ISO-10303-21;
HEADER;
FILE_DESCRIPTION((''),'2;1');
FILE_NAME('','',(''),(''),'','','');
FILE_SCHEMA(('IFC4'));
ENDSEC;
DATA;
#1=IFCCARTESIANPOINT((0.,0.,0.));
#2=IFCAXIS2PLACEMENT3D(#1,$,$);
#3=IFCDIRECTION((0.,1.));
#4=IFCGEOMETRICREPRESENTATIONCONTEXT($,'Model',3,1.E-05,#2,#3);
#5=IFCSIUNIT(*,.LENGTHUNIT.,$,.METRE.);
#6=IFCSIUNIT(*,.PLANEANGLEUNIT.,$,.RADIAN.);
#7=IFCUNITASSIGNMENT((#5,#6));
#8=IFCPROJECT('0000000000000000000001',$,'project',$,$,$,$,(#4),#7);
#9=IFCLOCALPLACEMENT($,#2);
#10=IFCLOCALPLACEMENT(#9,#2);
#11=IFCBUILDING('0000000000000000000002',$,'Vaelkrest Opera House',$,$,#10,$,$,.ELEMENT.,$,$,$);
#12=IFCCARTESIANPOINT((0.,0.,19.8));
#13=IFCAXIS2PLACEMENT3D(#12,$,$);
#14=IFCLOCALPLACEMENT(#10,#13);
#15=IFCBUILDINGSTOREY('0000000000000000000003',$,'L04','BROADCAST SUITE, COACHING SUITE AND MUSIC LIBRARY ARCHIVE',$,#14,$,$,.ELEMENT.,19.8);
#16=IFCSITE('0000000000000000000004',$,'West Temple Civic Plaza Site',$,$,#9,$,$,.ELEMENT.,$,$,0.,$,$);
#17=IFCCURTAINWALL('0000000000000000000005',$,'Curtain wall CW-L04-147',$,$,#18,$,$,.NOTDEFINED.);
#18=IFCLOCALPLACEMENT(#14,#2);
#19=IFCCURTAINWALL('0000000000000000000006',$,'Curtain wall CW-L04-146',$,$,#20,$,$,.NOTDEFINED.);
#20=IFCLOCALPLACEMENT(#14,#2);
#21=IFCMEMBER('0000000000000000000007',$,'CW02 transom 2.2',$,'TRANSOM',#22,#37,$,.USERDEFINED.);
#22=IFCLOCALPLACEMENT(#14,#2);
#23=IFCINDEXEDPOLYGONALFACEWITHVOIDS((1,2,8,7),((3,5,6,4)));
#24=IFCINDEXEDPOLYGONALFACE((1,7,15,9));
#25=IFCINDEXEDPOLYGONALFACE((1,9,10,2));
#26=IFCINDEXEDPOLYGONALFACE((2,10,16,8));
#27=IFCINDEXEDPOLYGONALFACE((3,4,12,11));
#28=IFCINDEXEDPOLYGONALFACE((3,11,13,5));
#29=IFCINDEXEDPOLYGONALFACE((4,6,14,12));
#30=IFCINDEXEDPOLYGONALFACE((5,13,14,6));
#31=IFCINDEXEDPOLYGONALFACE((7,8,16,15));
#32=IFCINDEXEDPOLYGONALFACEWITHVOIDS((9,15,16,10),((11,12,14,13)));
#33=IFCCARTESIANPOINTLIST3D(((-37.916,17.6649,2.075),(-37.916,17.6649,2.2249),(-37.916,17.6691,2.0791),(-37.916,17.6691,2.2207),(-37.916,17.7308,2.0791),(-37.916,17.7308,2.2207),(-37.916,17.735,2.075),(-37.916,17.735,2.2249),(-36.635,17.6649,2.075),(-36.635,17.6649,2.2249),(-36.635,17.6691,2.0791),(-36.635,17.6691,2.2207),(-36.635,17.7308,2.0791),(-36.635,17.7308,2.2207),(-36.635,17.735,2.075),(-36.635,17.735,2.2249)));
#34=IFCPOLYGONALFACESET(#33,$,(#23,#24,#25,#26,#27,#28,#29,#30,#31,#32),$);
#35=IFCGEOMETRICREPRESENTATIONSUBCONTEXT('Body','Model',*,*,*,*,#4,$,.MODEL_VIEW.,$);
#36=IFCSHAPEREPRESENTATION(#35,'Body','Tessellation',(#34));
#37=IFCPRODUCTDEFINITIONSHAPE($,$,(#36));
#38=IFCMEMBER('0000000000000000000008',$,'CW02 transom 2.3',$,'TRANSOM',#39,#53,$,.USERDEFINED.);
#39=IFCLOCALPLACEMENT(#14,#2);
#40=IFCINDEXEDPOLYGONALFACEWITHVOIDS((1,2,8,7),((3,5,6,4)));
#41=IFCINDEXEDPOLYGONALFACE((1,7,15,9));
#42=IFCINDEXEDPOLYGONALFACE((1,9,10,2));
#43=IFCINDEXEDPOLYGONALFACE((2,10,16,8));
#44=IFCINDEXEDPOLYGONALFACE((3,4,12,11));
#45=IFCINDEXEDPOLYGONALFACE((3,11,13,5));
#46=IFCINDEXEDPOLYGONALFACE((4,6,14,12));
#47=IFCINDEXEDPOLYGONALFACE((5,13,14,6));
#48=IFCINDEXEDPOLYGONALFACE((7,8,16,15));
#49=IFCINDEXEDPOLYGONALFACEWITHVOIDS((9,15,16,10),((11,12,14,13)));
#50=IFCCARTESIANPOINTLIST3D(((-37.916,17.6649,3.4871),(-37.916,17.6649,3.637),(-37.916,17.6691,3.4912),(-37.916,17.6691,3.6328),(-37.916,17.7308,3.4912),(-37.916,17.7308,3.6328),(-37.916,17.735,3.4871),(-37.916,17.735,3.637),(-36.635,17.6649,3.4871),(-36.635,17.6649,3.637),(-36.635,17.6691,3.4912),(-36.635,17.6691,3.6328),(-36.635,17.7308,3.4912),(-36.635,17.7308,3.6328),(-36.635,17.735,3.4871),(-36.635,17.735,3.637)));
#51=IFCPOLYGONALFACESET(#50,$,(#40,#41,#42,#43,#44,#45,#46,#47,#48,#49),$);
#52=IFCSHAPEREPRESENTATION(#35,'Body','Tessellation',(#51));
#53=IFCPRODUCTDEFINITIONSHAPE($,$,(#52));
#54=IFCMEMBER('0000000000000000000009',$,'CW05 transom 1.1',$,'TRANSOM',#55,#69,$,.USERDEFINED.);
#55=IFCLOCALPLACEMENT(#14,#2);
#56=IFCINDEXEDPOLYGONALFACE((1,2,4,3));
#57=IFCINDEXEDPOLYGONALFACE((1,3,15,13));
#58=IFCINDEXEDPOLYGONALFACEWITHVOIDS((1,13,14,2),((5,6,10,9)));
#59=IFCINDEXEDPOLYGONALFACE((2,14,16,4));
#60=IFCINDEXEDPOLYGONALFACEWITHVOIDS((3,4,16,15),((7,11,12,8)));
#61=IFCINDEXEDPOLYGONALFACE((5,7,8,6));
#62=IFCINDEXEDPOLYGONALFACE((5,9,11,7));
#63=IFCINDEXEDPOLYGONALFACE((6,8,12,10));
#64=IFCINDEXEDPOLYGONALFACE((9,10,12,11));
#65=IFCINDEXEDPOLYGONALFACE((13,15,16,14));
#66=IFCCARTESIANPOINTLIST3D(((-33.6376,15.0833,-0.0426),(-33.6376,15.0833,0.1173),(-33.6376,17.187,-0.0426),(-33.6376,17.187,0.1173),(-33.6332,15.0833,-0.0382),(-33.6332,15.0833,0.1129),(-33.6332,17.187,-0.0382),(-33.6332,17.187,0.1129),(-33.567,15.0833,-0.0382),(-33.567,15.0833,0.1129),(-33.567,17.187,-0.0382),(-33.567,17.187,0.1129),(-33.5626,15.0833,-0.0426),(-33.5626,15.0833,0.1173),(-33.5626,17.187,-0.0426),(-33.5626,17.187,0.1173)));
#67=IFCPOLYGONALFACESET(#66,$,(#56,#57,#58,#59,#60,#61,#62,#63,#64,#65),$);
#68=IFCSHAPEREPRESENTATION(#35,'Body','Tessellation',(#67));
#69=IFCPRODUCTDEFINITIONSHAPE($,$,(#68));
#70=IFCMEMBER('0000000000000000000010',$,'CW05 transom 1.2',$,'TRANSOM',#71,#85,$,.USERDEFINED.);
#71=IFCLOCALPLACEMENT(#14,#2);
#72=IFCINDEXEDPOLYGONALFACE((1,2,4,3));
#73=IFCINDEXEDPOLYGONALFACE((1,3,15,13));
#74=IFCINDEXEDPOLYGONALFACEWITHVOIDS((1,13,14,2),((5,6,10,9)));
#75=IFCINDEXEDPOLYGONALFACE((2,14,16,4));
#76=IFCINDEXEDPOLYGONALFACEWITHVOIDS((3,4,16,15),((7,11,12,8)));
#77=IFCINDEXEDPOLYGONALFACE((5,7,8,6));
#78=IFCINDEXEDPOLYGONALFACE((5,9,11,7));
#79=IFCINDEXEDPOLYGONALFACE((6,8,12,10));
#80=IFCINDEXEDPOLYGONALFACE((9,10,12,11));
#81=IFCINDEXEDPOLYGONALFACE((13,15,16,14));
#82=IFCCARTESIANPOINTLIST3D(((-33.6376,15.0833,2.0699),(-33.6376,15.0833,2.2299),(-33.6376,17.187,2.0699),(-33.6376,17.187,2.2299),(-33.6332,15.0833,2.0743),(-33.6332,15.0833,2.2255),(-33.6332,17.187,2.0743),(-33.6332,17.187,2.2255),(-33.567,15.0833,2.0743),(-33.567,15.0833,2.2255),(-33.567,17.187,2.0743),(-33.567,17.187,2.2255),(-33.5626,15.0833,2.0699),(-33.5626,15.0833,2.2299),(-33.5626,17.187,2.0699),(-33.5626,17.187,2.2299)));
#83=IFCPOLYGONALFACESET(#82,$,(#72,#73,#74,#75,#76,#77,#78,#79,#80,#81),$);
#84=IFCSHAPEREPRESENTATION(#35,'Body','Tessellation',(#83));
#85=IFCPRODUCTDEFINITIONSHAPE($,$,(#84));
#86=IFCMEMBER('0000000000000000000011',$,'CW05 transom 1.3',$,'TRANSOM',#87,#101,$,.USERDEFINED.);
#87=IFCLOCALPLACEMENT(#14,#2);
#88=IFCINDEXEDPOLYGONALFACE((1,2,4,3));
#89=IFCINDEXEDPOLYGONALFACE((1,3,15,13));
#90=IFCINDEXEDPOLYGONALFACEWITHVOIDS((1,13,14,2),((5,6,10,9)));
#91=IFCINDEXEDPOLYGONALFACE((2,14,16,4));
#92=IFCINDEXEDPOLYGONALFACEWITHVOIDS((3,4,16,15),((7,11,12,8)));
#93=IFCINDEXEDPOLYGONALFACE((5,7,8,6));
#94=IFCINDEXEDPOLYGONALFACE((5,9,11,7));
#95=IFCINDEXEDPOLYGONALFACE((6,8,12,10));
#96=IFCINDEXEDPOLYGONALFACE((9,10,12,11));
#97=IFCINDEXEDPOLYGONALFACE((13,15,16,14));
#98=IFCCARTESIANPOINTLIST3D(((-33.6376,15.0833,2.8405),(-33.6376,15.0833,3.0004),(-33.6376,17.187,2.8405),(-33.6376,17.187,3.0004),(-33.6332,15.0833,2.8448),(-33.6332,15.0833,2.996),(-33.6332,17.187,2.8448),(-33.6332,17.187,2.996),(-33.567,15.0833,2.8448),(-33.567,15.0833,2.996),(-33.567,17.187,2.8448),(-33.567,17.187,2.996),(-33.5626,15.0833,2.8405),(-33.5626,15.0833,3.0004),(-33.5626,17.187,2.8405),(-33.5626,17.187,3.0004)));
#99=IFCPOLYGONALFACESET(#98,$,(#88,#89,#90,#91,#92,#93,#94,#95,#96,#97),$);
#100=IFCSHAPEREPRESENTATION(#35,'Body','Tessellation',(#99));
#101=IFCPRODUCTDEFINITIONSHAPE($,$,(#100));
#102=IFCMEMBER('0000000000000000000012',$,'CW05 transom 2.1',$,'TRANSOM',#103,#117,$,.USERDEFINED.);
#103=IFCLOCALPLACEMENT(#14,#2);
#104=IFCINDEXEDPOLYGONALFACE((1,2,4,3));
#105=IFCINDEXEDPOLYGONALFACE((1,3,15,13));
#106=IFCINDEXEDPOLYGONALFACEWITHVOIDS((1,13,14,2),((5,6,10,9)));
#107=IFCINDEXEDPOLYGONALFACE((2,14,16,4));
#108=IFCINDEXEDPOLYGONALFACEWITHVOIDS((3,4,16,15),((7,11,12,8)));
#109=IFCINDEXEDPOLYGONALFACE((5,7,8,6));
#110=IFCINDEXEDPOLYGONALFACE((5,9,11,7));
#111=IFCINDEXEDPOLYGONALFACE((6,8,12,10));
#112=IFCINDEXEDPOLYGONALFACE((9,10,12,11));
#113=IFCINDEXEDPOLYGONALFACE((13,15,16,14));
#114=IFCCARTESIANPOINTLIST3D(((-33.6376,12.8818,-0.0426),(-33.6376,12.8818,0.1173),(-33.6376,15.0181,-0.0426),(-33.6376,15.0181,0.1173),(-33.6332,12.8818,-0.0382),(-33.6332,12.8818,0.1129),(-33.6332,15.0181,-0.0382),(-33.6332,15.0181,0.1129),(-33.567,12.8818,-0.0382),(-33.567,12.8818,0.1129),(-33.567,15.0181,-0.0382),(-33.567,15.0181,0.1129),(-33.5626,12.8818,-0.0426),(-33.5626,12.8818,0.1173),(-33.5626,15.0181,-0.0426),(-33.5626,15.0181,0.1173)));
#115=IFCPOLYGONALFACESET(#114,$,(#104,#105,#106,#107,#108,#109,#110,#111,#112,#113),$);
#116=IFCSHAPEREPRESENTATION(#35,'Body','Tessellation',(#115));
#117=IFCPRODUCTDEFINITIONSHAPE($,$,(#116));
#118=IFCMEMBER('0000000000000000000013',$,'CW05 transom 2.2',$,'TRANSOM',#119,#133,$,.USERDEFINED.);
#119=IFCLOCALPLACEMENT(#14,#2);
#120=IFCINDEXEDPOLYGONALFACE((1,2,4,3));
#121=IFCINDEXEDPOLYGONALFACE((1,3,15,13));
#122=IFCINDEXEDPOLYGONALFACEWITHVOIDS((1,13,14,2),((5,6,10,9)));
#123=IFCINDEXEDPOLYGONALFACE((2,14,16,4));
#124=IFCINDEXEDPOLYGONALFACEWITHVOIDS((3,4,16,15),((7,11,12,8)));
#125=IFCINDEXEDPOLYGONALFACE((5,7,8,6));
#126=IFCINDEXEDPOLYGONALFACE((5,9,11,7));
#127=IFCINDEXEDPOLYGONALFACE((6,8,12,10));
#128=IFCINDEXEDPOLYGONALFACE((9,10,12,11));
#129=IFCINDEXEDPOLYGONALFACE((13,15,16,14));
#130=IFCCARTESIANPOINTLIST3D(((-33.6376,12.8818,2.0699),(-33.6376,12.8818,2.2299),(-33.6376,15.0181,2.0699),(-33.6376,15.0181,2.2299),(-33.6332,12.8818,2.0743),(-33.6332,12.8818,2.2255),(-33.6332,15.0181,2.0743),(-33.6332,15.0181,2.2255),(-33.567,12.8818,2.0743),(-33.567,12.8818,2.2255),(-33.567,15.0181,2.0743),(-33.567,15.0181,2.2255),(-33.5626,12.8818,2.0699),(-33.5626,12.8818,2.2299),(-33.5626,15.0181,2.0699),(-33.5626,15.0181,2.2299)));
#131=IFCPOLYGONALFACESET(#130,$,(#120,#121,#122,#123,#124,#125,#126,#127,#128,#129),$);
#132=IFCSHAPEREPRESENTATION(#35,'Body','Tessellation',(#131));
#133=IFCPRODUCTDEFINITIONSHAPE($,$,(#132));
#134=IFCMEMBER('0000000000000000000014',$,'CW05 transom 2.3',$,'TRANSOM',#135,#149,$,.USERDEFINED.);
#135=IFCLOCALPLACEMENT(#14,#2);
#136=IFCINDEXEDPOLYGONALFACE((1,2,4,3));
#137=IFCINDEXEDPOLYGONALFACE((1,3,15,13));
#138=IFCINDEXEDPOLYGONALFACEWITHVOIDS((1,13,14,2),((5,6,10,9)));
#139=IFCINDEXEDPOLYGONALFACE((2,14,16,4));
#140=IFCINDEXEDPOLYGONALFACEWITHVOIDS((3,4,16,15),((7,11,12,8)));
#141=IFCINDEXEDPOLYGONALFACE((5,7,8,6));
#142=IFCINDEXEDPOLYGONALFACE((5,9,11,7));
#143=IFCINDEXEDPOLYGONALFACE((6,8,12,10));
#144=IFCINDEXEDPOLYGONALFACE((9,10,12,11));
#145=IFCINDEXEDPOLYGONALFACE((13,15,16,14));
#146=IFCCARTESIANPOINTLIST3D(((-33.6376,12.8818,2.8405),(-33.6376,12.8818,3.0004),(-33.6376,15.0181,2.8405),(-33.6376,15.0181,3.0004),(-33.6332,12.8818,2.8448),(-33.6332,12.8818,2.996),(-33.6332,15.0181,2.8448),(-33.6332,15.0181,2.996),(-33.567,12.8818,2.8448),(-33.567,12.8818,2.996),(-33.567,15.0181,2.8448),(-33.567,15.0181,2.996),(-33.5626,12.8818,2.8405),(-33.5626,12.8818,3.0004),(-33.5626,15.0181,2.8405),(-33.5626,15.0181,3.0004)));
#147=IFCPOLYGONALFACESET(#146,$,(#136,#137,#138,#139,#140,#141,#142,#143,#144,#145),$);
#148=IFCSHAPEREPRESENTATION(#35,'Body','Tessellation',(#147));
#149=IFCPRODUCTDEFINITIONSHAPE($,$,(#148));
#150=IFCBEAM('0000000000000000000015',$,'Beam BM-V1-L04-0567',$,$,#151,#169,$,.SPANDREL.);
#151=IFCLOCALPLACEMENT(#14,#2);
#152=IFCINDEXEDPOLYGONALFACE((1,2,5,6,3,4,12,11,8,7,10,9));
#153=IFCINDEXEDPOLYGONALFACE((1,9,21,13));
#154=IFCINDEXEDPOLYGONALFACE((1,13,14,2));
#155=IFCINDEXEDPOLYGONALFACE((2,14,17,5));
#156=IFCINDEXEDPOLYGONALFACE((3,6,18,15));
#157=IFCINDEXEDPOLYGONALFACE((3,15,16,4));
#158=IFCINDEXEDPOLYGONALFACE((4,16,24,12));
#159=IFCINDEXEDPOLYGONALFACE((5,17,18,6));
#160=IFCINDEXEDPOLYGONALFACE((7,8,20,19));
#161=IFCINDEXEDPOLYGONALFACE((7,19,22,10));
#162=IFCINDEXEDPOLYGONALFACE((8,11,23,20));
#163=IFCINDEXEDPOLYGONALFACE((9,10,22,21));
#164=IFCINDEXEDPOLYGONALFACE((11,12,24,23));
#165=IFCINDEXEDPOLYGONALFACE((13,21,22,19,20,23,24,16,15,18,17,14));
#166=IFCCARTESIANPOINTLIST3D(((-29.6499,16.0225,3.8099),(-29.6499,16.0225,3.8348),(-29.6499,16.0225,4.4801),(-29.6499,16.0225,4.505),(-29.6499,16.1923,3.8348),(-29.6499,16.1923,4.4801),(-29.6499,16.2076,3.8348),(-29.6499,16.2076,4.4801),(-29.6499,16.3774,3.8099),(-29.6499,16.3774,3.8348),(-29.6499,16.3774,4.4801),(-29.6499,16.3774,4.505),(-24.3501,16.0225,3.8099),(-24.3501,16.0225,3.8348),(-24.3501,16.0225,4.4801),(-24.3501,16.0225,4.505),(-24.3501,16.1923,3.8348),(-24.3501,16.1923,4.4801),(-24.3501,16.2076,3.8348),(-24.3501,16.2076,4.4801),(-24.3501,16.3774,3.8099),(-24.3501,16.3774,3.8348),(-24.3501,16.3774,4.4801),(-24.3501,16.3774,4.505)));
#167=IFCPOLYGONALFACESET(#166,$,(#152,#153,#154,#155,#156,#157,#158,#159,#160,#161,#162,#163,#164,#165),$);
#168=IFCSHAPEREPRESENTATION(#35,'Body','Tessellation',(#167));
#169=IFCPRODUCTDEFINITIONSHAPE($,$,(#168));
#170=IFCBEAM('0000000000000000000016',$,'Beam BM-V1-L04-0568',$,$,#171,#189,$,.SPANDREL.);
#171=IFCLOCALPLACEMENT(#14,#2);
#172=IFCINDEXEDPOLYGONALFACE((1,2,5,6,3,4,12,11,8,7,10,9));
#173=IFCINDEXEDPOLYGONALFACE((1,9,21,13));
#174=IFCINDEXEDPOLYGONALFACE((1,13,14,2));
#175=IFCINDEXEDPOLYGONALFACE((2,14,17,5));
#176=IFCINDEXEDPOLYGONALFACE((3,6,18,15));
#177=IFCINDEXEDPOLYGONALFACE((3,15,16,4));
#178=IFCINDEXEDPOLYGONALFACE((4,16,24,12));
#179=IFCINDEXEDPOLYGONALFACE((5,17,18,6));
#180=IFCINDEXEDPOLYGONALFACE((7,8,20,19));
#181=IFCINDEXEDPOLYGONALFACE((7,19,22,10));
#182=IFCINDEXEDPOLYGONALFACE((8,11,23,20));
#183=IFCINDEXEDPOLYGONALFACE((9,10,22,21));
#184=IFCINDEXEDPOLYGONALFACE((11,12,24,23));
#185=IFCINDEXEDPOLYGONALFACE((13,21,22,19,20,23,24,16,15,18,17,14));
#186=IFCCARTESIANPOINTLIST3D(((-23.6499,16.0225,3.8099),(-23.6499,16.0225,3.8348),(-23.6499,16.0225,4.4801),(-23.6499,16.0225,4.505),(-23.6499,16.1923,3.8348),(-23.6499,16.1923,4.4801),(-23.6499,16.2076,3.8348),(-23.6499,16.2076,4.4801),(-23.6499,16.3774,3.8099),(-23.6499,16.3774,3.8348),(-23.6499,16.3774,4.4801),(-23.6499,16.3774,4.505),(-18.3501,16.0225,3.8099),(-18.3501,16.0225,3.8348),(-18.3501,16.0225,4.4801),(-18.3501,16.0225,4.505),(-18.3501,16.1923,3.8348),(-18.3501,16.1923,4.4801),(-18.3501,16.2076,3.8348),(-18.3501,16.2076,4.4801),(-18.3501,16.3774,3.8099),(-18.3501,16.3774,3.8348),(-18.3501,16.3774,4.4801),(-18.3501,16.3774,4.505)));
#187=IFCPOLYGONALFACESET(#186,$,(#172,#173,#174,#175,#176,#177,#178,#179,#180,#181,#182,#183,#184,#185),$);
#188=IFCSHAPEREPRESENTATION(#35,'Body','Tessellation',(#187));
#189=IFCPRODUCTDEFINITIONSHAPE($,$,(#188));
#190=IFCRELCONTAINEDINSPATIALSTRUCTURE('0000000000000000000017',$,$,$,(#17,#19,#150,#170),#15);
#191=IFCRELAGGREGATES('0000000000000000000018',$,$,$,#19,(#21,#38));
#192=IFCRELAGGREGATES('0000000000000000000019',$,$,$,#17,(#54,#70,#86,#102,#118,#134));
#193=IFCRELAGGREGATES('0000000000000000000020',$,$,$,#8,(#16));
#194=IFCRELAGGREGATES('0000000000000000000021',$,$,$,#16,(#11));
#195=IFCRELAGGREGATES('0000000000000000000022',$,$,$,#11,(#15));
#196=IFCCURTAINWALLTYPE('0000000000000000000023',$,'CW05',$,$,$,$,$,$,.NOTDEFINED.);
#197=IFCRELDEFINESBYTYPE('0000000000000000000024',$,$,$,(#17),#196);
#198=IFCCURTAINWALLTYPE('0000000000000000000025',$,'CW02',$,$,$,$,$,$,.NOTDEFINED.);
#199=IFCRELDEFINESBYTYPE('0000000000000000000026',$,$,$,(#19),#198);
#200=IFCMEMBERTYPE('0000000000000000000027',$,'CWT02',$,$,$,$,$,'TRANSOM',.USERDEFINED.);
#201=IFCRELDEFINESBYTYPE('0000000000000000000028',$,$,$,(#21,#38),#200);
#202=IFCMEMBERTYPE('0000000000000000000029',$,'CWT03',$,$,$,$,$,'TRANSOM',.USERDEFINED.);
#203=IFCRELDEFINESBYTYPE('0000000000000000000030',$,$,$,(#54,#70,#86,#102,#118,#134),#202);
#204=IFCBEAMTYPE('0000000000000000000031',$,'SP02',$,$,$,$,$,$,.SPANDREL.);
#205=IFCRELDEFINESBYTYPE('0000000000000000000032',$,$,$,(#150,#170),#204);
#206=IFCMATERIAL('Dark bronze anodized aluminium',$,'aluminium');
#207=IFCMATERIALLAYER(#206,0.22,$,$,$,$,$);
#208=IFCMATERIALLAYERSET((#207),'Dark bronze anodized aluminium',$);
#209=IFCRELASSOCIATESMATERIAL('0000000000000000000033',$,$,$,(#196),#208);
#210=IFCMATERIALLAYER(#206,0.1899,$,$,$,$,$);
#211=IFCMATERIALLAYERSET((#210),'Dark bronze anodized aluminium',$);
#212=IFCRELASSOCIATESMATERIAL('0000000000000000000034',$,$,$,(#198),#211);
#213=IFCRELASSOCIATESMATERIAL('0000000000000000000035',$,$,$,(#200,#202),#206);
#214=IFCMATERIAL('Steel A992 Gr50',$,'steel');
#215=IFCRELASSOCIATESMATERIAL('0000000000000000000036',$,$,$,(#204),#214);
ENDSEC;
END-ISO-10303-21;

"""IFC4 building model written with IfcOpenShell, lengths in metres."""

from ifc_helpers import new_model, si_unit, direction, frame, origin, origin_2d, place, context, subcontext, project, spatial, hollow_rectangle, i_section, extrude, material, layer, layer_set, material_profile, profile_set, type_object, element, aggregate, save


model = new_model("IFC4")

# Units and contexts
model_context = context("Model", 3, precision=1e-05, world=origin(), true_north=direction((0.0, 1.0)))
body_context = subcontext(model_context, "Body", "Model", "MODEL_VIEW")
ifc_project = project(units=[si_unit("LENGTHUNIT", "METRE"), si_unit("PLANEANGLEUNIT", "RADIAN")], contexts=[model_context])

# Site, building, storey
site_placement = place(None, origin())
site = spatial("IfcSite", under=ifc_project, at=site_placement, Name="West Temple Civic Plaza Site", CompositionType="ELEMENT", RefElevation=0.0)
building_placement = place(site_placement, origin())
building = spatial("IfcBuilding", under=site, at=building_placement, Name="Vaelkrest Opera House", CompositionType="ELEMENT")
storey_placement = place(building_placement, frame((0.0, 0.0, 19.8)))
storey = spatial("IfcBuildingStorey", under=building, at=storey_placement, Name="L04", Description="BROADCAST SUITE, COACHING SUITE AND MUSIC LIBRARY ARCHIVE", CompositionType="ELEMENT", Elevation=19.8)

# Curtain wall
ifc_material_1 = material(Name="Dark bronze anodized aluminium", Category="aluminium")
ifc_layer_1 = layer(ifc_material_1, 0.22)
ifc_layer_set_1 = layer_set([ifc_layer_1], Name="Dark bronze anodized aluminium")
curtain_wall_type_1 = type_object("IfcCurtainWallType", Name="CW05", PredefinedType="NOTDEFINED", material=ifc_layer_set_1)
curtain_wall_1_placement = place(storey_placement, origin())
curtain_wall_1 = element("IfcCurtainWall", 1, at=curtain_wall_1_placement, inside=storey, type_object=curtain_wall_type_1, Name="Curtain wall CW-L04-147", PredefinedType="NOTDEFINED")

# Curtain wall
ifc_layer_2 = layer(ifc_material_1, 0.1899)
ifc_layer_set_2 = layer_set([ifc_layer_2], Name="Dark bronze anodized aluminium")
curtain_wall_type_2 = type_object("IfcCurtainWallType", Name="CW02", PredefinedType="NOTDEFINED", material=ifc_layer_set_2)
curtain_wall_2_placement = place(storey_placement, origin())
curtain_wall_2 = element("IfcCurtainWall", 2, at=curtain_wall_2_placement, inside=storey, type_object=curtain_wall_type_2, Name="Curtain wall CW-L04-146", PredefinedType="NOTDEFINED")

# Members
ifc_material_profile_1 = material_profile(ifc_material_1, hollow_rectangle(XDim=0.0701, YDim=0.1499, WallThickness=0.0042, at=origin_2d()), Name="CWT70X150")
ifc_profile_set_1 = profile_set([ifc_material_profile_1], Name="Dark bronze anodized aluminium")
member_type_1 = type_object("IfcMemberType", Name="CWT02", ElementType="TRANSOM", PredefinedType="USERDEFINED", material=ifc_profile_set_1)
member_1_placement = place(storey_placement, frame((-37.916, 17.7, 2.1499), z_axis=(1.0, 0.0, 0.0), x_axis=(0.0, 1.0, 0.0)))
member_1 = element("IfcMember", 3, at=member_1_placement, type_object=member_type_1, Name="CW02 transom 2.2", ObjectType="TRANSOM", PredefinedType="USERDEFINED", context=body_context, shape_type="SweptSolid", body=[
    extrude(hollow_rectangle(XDim=0.0701, YDim=0.1499, WallThickness=0.0042, at=origin_2d()), origin(), (0.0, 0.0, 1.0), 1.281),
])
member_2_placement = place(storey_placement, frame((-37.916, 17.7, 3.562), z_axis=(1.0, 0.0, 0.0), x_axis=(0.0, 1.0, 0.0)))
member_2 = element("IfcMember", 4, at=member_2_placement, type_object=member_type_1, Name="CW02 transom 2.3", ObjectType="TRANSOM", PredefinedType="USERDEFINED", context=body_context, shape_type="SweptSolid", body=[
    extrude(hollow_rectangle(XDim=0.0701, YDim=0.1499, WallThickness=0.0042, at=origin_2d()), origin(), (0.0, 0.0, 1.0), 1.281),
])
ifc_material_profile_2 = material_profile(ifc_material_1, hollow_rectangle(XDim=0.075, YDim=0.1599, WallThickness=0.0044, at=origin_2d()), Name="CWT75X160")
ifc_profile_set_2 = profile_set([ifc_material_profile_2], Name="Dark bronze anodized aluminium")
member_type_2 = type_object("IfcMemberType", Name="CWT03", ElementType="TRANSOM", PredefinedType="USERDEFINED", material=ifc_profile_set_2)
member_3_placement = place(storey_placement, frame((-33.6001, 17.187, 0.0374), z_axis=(0.0, -1.0, 0.0), x_axis=(1.0, 0.0, 0.0)))
member_3 = element("IfcMember", 5, at=member_3_placement, type_object=member_type_2, Name="CW05 transom 1.1", ObjectType="TRANSOM", PredefinedType="USERDEFINED", context=body_context, shape_type="SweptSolid", body=[
    extrude(hollow_rectangle(XDim=0.075, YDim=0.1599, WallThickness=0.0044, at=origin_2d()), origin(), (0.0, 0.0, 1.0), 2.1038),
])
member_4_placement = place(storey_placement, frame((-33.6001, 17.187, 2.1499), z_axis=(0.0, -1.0, 0.0), x_axis=(1.0, 0.0, 0.0)))
member_4 = element("IfcMember", 6, at=member_4_placement, type_object=member_type_2, Name="CW05 transom 1.2", ObjectType="TRANSOM", PredefinedType="USERDEFINED", context=body_context, shape_type="SweptSolid", body=[
    extrude(hollow_rectangle(XDim=0.075, YDim=0.1599, WallThickness=0.0044, at=origin_2d()), origin(), (0.0, 0.0, 1.0), 2.1038),
])
member_5_placement = place(storey_placement, frame((-33.6001, 17.187, 2.9204), z_axis=(0.0, -1.0, 0.0), x_axis=(1.0, 0.0, 0.0)))
member_5 = element("IfcMember", 7, at=member_5_placement, type_object=member_type_2, Name="CW05 transom 1.3", ObjectType="TRANSOM", PredefinedType="USERDEFINED", context=body_context, shape_type="SweptSolid", body=[
    extrude(hollow_rectangle(XDim=0.075, YDim=0.1599, WallThickness=0.0044, at=origin_2d()), origin(), (0.0, 0.0, 1.0), 2.1038),
])
member_6_placement = place(storey_placement, frame((-33.6001, 15.0181, 0.0374), z_axis=(0.0, -1.0, 0.0), x_axis=(1.0, 0.0, 0.0)))
member_6 = element("IfcMember", 8, at=member_6_placement, type_object=member_type_2, Name="CW05 transom 2.1", ObjectType="TRANSOM", PredefinedType="USERDEFINED", context=body_context, shape_type="SweptSolid", body=[
    extrude(hollow_rectangle(XDim=0.075, YDim=0.1599, WallThickness=0.0044, at=origin_2d()), origin(), (0.0, 0.0, 1.0), 2.1362),
])
member_7_placement = place(storey_placement, frame((-33.6001, 15.0181, 2.1499), z_axis=(0.0, -1.0, 0.0), x_axis=(1.0, 0.0, 0.0)))
member_7 = element("IfcMember", 9, at=member_7_placement, type_object=member_type_2, Name="CW05 transom 2.2", ObjectType="TRANSOM", PredefinedType="USERDEFINED", context=body_context, shape_type="SweptSolid", body=[
    extrude(hollow_rectangle(XDim=0.075, YDim=0.1599, WallThickness=0.0044, at=origin_2d()), origin(), (0.0, 0.0, 1.0), 2.1362),
])
member_8_placement = place(storey_placement, frame((-33.6001, 15.0181, 2.9204), z_axis=(0.0, -1.0, 0.0), x_axis=(1.0, 0.0, 0.0)))
member_8 = element("IfcMember", 10, at=member_8_placement, type_object=member_type_2, Name="CW05 transom 2.3", ObjectType="TRANSOM", PredefinedType="USERDEFINED", context=body_context, shape_type="SweptSolid", body=[
    extrude(hollow_rectangle(XDim=0.075, YDim=0.1599, WallThickness=0.0044, at=origin_2d()), origin(), (0.0, 0.0, 1.0), 2.1362),
])

# Beams
ifc_material_2 = material(Name="Steel A992 Gr50", Category="steel")
ifc_material_profile_3 = material_profile(ifc_material_2, i_section(OverallWidth=0.355, OverallDepth=0.6951, WebThickness=0.0154, FlangeThickness=0.0249, at=origin_2d()), Name="W27X146")
ifc_profile_set_3 = profile_set([ifc_material_profile_3], Name="Steel A992 Gr50")
beam_type = type_object("IfcBeamType", Name="SP02", PredefinedType="SPANDREL", material=ifc_profile_set_3)
for number, where, z_axis, x_axis, name in (
    (11, (-29.6499, 16.2, 4.1575), (1.0, 0.0, 0.0), (0.0, 1.0, 0.0), "Beam BM-V1-L04-0567"),
    (12, (-23.6499, 16.2, 4.1575), (1.0, 0.0, 0.0), (0.0, 1.0, 0.0), "Beam BM-V1-L04-0568"),
):
    element("IfcBeam", number, at=place(storey_placement, frame(where, z_axis=z_axis, x_axis=x_axis)), inside=storey, type_object=beam_type, Name=name, PredefinedType="SPANDREL", context=body_context, shape_type="SweptSolid", body=[
        extrude(i_section(OverallWidth=0.355, OverallDepth=0.6951, WebThickness=0.0154, FlangeThickness=0.0249, at=origin_2d()), origin(), (0.0, 0.0, 1.0), 5.2998),
    ])

aggregate(curtain_wall_2, [member_1, member_2])
aggregate(curtain_wall_1, [member_3, member_4, member_5, member_6, member_7, member_8])

save(model, "model.ifc")
